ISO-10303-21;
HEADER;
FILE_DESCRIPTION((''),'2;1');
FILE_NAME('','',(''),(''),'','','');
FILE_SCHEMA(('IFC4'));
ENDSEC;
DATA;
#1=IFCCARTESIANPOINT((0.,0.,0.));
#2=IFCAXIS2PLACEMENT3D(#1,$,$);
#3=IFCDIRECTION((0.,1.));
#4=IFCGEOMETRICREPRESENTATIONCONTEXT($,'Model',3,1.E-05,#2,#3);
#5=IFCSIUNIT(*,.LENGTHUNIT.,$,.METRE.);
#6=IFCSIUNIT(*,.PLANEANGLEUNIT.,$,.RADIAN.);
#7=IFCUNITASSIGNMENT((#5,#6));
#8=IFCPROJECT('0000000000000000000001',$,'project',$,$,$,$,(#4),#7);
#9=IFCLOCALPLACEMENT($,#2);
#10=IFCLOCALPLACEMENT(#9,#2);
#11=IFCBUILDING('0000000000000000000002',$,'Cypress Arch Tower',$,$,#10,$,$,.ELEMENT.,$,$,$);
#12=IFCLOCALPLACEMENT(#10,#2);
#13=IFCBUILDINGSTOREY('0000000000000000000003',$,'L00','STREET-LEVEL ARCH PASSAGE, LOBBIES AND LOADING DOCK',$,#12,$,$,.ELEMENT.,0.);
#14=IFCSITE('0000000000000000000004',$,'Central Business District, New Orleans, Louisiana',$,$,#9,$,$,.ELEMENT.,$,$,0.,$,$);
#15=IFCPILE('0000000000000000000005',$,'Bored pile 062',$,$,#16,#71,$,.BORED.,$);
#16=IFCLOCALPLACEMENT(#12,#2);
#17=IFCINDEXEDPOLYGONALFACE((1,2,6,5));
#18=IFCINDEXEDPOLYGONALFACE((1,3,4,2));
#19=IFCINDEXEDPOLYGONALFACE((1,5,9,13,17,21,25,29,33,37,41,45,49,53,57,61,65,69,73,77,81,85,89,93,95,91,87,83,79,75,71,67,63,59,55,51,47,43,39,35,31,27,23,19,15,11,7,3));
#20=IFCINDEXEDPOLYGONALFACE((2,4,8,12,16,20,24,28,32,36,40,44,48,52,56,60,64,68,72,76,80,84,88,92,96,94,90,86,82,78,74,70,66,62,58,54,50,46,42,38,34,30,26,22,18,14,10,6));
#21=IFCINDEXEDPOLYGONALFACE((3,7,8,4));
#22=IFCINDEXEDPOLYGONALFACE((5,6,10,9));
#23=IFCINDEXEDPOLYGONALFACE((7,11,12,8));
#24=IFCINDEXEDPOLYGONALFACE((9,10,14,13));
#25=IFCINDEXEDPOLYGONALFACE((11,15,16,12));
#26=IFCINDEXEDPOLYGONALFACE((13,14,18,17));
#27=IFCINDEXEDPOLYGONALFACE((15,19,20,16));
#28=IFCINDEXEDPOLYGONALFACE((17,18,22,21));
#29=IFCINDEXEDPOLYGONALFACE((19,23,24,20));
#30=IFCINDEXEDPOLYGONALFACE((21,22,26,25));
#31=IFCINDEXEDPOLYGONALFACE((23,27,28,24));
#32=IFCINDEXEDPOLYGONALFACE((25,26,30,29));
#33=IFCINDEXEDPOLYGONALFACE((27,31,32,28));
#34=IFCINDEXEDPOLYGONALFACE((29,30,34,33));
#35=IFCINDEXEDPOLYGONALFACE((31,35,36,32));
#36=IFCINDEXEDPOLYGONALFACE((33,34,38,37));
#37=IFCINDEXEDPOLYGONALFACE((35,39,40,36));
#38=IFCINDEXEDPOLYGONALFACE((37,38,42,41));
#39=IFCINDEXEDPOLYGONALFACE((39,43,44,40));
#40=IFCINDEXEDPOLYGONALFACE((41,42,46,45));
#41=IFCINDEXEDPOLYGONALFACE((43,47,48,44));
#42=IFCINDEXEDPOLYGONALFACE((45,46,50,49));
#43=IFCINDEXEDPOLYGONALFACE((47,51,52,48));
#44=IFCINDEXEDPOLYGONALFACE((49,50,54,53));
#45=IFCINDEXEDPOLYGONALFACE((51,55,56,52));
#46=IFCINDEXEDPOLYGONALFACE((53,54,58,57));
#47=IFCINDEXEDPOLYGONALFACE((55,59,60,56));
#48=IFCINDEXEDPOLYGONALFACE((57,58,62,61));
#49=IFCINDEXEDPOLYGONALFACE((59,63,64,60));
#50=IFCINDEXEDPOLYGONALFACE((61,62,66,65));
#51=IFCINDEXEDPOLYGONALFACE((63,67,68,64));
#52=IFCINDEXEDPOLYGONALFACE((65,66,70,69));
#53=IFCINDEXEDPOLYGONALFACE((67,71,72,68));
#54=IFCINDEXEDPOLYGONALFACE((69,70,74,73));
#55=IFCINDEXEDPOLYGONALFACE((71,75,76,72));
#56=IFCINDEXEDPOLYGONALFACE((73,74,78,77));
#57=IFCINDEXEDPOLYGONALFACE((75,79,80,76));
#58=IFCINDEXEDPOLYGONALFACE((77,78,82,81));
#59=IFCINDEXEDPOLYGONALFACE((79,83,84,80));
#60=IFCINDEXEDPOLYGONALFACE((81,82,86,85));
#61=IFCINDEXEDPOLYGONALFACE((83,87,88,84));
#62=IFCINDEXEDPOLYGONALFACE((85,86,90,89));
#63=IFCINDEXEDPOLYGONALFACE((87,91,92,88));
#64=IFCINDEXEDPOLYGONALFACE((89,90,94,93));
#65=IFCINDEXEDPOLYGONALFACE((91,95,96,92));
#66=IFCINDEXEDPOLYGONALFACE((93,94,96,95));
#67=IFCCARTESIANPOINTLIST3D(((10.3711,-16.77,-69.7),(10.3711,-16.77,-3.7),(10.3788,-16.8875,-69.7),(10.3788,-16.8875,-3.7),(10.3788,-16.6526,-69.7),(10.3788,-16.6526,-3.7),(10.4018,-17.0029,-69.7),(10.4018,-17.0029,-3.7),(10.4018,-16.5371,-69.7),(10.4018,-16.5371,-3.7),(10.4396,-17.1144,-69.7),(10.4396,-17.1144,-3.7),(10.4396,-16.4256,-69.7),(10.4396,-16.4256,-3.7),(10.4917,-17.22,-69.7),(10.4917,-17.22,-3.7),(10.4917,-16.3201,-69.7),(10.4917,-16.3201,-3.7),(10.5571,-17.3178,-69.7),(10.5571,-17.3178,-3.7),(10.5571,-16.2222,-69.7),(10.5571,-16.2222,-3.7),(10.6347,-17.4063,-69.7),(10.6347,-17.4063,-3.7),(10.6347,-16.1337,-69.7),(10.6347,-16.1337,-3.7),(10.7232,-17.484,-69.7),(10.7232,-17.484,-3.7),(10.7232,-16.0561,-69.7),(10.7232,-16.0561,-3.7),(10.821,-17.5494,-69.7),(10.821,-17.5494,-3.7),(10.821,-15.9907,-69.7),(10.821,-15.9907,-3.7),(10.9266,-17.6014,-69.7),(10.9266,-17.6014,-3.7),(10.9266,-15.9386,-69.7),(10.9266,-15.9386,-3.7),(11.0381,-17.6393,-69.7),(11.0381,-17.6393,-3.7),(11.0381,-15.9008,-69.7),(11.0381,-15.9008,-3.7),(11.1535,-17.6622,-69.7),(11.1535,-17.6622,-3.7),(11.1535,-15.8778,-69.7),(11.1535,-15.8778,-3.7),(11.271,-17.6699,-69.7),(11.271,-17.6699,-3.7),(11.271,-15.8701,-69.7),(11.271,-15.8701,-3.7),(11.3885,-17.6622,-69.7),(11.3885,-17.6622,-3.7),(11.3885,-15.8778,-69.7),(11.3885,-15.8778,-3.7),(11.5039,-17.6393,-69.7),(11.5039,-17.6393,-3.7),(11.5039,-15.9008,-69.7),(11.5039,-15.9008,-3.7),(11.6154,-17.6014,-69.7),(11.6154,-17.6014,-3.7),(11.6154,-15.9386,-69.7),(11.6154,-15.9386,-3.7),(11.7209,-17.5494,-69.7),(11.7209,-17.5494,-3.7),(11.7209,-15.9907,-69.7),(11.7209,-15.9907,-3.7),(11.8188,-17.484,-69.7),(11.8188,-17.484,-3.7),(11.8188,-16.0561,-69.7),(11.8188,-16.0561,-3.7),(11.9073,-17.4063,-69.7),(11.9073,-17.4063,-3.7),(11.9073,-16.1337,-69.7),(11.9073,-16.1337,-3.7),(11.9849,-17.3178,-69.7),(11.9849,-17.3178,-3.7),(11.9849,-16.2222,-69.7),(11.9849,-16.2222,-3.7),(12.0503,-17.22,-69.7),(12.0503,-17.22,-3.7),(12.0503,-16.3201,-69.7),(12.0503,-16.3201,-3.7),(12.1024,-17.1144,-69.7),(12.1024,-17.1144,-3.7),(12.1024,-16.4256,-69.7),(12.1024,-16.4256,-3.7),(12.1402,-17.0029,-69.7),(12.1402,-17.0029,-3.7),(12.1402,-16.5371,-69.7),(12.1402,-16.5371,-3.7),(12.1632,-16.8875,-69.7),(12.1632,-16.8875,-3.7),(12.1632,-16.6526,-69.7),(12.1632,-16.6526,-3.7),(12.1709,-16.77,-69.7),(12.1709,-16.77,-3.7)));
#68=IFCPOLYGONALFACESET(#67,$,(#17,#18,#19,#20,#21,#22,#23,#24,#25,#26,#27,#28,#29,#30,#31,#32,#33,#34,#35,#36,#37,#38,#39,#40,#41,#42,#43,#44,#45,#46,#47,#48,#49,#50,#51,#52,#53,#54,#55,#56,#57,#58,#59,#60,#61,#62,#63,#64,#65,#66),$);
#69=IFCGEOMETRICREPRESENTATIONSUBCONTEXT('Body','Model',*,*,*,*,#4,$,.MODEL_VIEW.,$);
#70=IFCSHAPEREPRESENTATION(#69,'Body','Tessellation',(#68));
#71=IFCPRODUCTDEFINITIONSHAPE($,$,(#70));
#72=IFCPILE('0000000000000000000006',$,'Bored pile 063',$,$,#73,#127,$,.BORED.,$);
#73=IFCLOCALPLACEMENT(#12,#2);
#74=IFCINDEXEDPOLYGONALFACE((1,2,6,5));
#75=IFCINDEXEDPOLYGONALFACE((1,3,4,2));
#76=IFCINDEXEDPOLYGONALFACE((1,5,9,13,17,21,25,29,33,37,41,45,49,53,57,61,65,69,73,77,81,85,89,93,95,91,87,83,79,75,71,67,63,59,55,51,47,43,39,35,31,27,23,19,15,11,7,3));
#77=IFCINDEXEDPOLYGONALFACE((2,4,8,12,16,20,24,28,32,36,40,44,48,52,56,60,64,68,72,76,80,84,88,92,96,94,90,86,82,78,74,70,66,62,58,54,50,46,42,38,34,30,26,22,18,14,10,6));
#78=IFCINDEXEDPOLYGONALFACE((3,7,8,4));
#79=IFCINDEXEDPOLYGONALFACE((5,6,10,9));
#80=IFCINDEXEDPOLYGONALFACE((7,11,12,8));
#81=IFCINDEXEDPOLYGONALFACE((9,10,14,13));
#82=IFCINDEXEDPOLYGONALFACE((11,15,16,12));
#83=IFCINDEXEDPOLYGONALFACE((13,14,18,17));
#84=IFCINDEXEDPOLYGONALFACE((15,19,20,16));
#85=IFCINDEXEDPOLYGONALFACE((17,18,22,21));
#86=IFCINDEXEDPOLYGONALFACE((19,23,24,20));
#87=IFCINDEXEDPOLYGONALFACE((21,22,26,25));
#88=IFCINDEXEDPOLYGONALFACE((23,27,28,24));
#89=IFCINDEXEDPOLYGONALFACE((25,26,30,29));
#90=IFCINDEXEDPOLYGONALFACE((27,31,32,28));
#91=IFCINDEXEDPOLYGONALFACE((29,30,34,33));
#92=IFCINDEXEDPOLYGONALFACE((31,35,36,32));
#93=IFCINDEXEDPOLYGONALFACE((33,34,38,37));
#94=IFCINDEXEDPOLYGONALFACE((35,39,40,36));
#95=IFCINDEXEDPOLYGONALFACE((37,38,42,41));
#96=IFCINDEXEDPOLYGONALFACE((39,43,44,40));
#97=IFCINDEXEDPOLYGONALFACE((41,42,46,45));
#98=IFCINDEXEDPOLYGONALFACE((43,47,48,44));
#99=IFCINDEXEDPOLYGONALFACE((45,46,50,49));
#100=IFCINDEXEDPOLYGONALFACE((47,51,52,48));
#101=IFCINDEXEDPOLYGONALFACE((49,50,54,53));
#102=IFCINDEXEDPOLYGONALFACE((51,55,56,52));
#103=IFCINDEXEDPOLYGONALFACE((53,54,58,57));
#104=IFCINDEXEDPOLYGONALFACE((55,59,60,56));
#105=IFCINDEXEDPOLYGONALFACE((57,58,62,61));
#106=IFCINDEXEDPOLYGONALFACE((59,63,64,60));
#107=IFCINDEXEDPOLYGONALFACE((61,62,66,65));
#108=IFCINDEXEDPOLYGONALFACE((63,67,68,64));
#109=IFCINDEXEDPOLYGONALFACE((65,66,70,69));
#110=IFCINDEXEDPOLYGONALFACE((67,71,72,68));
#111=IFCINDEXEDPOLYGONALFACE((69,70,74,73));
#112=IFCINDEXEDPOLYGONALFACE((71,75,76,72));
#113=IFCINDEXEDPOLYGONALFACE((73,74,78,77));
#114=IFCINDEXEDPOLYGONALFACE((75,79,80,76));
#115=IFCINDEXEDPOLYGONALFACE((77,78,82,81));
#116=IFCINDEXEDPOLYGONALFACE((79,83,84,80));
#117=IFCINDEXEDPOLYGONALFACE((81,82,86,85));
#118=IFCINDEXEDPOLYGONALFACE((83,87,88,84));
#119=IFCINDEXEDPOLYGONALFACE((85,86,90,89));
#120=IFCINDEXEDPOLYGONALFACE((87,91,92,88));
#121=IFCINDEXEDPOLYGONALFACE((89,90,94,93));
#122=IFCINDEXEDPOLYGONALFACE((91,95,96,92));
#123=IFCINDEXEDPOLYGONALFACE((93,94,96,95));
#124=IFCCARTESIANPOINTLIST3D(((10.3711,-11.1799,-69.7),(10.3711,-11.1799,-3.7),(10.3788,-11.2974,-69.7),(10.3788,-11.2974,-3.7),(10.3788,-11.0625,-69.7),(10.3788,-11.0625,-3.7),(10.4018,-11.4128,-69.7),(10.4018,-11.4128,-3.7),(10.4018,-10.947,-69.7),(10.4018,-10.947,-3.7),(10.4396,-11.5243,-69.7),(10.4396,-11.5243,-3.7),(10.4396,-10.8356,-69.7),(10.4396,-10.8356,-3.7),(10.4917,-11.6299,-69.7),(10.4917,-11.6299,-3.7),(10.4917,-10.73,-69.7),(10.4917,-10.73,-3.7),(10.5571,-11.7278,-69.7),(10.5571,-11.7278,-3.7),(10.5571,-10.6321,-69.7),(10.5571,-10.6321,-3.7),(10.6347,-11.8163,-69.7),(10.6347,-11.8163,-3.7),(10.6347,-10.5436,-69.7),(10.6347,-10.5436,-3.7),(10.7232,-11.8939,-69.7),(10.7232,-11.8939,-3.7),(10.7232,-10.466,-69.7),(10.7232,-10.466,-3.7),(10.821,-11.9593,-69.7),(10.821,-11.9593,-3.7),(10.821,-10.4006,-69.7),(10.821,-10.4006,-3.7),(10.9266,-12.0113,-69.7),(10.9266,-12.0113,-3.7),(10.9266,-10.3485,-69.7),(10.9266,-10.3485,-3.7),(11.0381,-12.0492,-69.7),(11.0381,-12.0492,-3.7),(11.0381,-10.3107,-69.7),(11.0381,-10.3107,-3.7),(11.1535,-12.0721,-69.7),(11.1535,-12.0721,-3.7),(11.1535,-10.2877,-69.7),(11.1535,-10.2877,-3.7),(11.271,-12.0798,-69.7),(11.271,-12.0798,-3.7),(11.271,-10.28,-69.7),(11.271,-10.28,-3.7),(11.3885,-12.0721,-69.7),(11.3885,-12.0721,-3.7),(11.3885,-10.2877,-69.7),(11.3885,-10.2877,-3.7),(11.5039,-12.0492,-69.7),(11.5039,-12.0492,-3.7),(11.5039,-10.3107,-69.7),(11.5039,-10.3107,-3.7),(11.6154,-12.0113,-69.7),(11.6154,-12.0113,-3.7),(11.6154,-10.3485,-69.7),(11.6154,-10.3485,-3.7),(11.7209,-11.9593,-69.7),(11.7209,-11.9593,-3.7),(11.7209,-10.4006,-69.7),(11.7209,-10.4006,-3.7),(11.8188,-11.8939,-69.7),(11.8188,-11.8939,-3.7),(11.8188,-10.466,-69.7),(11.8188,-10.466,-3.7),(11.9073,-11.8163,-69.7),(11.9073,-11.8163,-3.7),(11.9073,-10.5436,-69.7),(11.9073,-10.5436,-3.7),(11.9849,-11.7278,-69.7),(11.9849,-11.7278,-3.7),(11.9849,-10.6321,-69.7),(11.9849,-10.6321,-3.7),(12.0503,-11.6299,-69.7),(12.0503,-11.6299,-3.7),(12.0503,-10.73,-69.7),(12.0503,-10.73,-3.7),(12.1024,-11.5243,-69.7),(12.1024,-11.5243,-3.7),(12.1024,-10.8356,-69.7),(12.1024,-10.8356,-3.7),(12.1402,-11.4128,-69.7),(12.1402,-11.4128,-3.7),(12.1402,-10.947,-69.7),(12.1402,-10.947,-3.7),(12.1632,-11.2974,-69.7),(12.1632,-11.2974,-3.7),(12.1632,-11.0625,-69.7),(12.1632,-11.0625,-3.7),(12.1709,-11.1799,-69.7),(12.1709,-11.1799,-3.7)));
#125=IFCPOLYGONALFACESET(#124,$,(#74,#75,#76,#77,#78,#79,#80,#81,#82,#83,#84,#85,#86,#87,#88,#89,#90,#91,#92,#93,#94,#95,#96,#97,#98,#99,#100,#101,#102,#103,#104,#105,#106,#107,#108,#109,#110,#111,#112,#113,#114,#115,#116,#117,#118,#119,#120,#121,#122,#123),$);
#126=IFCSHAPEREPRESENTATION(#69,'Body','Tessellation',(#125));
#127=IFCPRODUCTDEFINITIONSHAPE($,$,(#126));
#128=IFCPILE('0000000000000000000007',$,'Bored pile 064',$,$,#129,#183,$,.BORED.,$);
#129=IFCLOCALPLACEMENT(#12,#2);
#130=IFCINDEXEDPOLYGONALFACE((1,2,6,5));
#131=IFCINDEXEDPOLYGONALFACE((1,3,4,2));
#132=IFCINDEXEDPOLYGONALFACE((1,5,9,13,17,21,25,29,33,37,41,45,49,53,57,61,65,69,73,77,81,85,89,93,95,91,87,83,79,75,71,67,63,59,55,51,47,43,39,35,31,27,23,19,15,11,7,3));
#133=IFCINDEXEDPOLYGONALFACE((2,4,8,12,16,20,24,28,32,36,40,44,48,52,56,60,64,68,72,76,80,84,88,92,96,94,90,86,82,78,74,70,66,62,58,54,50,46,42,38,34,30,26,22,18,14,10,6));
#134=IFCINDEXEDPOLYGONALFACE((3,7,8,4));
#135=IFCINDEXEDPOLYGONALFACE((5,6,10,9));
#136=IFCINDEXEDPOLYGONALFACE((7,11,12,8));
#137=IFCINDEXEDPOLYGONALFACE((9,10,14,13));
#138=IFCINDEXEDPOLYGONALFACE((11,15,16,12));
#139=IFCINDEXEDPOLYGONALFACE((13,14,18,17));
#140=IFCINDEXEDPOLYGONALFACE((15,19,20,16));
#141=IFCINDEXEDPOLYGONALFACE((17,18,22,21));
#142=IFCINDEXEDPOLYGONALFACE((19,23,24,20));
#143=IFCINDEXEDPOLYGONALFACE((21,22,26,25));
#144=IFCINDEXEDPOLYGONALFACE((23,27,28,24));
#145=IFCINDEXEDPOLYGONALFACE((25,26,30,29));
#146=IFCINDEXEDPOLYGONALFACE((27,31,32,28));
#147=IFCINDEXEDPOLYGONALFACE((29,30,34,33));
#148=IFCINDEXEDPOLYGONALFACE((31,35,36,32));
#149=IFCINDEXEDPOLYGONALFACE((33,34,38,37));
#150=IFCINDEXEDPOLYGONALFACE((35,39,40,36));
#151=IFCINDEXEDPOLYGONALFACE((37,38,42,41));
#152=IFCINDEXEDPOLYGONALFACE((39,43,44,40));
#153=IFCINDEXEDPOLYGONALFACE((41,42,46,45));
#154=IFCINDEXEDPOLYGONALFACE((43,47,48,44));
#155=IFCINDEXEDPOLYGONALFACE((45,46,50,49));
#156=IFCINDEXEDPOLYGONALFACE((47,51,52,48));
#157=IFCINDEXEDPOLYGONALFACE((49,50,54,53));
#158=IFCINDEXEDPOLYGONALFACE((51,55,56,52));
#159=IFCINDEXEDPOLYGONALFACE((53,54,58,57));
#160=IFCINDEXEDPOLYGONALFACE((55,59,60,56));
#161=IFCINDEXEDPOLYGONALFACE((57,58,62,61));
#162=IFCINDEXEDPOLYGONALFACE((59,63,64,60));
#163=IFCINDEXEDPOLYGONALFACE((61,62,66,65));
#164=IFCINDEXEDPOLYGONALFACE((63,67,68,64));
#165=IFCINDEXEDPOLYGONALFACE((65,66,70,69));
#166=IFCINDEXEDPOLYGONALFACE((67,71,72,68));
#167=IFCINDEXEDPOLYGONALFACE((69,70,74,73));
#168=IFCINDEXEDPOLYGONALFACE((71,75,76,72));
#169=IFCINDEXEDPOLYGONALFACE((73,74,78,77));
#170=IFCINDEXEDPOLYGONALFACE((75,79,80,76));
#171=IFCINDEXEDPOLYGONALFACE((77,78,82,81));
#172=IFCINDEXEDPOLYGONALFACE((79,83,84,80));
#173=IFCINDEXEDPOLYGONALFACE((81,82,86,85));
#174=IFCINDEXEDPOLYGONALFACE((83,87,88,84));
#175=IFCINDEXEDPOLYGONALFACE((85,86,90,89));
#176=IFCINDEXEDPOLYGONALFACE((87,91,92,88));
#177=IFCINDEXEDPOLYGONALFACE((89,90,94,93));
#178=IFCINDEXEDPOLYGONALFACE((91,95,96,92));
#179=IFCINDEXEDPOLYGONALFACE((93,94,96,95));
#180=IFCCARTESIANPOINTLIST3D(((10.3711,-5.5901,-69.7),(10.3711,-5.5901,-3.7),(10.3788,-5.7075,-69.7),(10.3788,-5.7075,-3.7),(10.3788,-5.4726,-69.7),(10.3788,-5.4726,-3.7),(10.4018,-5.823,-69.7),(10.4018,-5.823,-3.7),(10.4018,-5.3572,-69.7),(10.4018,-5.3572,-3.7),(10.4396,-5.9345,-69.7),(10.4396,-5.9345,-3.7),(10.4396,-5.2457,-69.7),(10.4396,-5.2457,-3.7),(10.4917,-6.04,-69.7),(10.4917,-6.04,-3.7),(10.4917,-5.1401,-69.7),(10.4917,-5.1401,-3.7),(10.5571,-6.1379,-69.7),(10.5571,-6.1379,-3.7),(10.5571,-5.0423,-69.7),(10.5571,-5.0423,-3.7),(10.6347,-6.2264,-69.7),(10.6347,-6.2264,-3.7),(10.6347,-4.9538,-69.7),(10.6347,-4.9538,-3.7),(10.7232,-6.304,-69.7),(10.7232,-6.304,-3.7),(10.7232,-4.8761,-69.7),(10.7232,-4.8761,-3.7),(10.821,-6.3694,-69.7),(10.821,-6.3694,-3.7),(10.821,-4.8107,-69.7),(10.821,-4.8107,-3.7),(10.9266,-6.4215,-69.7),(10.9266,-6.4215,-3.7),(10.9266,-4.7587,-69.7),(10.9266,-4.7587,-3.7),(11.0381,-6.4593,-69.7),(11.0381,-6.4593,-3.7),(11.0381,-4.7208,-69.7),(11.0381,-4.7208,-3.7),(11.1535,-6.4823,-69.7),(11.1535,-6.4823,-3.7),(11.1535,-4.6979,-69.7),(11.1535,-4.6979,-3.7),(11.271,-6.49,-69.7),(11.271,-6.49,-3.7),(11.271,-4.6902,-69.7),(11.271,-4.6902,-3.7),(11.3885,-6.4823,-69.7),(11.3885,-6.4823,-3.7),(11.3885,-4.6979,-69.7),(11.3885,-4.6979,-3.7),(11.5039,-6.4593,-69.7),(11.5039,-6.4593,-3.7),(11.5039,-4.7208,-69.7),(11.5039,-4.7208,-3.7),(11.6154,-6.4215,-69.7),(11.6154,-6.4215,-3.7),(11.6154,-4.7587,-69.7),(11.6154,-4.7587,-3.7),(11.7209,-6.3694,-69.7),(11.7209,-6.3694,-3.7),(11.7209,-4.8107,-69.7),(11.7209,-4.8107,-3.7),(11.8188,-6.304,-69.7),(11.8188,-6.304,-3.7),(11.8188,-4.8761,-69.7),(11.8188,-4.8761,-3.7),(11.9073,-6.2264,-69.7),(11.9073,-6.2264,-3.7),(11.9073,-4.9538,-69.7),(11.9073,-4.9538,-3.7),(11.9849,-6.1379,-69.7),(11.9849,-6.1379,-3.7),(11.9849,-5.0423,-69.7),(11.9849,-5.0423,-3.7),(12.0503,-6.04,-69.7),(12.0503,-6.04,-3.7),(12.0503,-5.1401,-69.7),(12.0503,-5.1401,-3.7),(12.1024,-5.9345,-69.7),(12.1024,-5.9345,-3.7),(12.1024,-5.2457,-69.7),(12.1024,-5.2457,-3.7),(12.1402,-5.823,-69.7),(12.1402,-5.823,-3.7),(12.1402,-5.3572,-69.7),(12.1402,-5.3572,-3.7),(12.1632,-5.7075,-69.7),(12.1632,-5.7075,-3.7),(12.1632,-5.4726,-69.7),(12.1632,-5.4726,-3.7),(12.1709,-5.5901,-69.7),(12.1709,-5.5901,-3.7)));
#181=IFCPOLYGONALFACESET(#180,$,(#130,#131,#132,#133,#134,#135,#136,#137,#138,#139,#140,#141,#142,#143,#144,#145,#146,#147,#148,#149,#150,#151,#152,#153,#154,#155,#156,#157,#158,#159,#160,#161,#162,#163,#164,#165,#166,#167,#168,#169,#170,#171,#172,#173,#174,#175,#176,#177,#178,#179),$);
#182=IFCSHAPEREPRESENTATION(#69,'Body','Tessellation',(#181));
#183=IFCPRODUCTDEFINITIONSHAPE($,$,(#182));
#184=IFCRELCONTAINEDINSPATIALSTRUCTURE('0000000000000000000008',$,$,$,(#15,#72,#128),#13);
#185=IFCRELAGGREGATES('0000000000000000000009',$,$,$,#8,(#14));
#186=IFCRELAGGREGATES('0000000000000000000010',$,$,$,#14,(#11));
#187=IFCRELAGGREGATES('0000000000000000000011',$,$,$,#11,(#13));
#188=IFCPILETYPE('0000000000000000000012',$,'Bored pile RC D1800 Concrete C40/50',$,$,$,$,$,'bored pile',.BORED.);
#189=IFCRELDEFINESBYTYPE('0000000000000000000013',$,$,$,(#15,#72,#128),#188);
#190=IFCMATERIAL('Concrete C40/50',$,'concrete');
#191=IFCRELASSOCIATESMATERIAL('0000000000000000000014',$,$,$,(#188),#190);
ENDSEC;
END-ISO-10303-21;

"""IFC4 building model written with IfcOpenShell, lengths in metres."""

from ifc_helpers import new_model, si_unit, direction, frame, origin, origin_2d, place, context, subcontext, project, spatial, circle, extrude, material, material_profile, profile_set, type_object, element, save


model = new_model("IFC4")

# Units and contexts
model_context = context("Model", 3, precision=1e-05, world=origin(), true_north=direction((0.0, 1.0)))
body_context = subcontext(model_context, "Body", "Model", "MODEL_VIEW")
ifc_project = project(units=[si_unit("LENGTHUNIT", "METRE"), si_unit("PLANEANGLEUNIT", "RADIAN")], contexts=[model_context])

# Site, building, storey
site_placement = place(None, origin())
site = spatial("IfcSite", under=ifc_project, at=site_placement, Name="Central Business District, New Orleans, Louisiana", CompositionType="ELEMENT", RefElevation=0.0)
building_placement = place(site_placement, origin())
building = spatial("IfcBuilding", under=site, at=building_placement, Name="Cypress Arch Tower", CompositionType="ELEMENT")
storey_placement = place(building_placement, origin())
storey = spatial("IfcBuildingStorey", under=building, at=storey_placement, Name="L00", Description="STREET-LEVEL ARCH PASSAGE, LOBBIES AND LOADING DOCK", CompositionType="ELEMENT", Elevation=0.0)

# Piles
ifc_material_1 = material(Name="Concrete C40/50", Category="concrete")
ifc_material_profile_1 = material_profile(ifc_material_1, circle(Radius=0.8999, at=origin_2d()), Name="RC D1800")
ifc_profile_set_1 = profile_set([ifc_material_profile_1], Name="Concrete C40/50")
pile_type = type_object("IfcPileType", Name="Bored pile RC D1800 Concrete C40/50", ElementType="bored pile", PredefinedType="BORED", material=ifc_profile_set_1)
for number, where, z_axis, x_axis, name in (
    (1, (11.271, -16.77, -3.7), (0.0, 0.0, -1.0), (1.0, 0.0, 0.0), "Bored pile 062"),
    (2, (11.271, -11.1799, -3.7), (0.0, 0.0, -1.0), (1.0, 0.0, 0.0), "Bored pile 063"),
    (3, (11.271, -5.5901, -3.7), (0.0, 0.0, -1.0), (1.0, 0.0, 0.0), "Bored pile 064"),
):
    element("IfcPile", number, at=place(storey_placement, frame(where, z_axis=z_axis, x_axis=x_axis)), inside=storey, type_object=pile_type, Name=name, PredefinedType="BORED", context=body_context, shape_type="SweptSolid", body=[
        extrude(circle(Radius=0.8999, at=origin_2d()), origin(), (0.0, 0.0, 1.0), 66.0),
    ])

save(model, "model.ifc")
